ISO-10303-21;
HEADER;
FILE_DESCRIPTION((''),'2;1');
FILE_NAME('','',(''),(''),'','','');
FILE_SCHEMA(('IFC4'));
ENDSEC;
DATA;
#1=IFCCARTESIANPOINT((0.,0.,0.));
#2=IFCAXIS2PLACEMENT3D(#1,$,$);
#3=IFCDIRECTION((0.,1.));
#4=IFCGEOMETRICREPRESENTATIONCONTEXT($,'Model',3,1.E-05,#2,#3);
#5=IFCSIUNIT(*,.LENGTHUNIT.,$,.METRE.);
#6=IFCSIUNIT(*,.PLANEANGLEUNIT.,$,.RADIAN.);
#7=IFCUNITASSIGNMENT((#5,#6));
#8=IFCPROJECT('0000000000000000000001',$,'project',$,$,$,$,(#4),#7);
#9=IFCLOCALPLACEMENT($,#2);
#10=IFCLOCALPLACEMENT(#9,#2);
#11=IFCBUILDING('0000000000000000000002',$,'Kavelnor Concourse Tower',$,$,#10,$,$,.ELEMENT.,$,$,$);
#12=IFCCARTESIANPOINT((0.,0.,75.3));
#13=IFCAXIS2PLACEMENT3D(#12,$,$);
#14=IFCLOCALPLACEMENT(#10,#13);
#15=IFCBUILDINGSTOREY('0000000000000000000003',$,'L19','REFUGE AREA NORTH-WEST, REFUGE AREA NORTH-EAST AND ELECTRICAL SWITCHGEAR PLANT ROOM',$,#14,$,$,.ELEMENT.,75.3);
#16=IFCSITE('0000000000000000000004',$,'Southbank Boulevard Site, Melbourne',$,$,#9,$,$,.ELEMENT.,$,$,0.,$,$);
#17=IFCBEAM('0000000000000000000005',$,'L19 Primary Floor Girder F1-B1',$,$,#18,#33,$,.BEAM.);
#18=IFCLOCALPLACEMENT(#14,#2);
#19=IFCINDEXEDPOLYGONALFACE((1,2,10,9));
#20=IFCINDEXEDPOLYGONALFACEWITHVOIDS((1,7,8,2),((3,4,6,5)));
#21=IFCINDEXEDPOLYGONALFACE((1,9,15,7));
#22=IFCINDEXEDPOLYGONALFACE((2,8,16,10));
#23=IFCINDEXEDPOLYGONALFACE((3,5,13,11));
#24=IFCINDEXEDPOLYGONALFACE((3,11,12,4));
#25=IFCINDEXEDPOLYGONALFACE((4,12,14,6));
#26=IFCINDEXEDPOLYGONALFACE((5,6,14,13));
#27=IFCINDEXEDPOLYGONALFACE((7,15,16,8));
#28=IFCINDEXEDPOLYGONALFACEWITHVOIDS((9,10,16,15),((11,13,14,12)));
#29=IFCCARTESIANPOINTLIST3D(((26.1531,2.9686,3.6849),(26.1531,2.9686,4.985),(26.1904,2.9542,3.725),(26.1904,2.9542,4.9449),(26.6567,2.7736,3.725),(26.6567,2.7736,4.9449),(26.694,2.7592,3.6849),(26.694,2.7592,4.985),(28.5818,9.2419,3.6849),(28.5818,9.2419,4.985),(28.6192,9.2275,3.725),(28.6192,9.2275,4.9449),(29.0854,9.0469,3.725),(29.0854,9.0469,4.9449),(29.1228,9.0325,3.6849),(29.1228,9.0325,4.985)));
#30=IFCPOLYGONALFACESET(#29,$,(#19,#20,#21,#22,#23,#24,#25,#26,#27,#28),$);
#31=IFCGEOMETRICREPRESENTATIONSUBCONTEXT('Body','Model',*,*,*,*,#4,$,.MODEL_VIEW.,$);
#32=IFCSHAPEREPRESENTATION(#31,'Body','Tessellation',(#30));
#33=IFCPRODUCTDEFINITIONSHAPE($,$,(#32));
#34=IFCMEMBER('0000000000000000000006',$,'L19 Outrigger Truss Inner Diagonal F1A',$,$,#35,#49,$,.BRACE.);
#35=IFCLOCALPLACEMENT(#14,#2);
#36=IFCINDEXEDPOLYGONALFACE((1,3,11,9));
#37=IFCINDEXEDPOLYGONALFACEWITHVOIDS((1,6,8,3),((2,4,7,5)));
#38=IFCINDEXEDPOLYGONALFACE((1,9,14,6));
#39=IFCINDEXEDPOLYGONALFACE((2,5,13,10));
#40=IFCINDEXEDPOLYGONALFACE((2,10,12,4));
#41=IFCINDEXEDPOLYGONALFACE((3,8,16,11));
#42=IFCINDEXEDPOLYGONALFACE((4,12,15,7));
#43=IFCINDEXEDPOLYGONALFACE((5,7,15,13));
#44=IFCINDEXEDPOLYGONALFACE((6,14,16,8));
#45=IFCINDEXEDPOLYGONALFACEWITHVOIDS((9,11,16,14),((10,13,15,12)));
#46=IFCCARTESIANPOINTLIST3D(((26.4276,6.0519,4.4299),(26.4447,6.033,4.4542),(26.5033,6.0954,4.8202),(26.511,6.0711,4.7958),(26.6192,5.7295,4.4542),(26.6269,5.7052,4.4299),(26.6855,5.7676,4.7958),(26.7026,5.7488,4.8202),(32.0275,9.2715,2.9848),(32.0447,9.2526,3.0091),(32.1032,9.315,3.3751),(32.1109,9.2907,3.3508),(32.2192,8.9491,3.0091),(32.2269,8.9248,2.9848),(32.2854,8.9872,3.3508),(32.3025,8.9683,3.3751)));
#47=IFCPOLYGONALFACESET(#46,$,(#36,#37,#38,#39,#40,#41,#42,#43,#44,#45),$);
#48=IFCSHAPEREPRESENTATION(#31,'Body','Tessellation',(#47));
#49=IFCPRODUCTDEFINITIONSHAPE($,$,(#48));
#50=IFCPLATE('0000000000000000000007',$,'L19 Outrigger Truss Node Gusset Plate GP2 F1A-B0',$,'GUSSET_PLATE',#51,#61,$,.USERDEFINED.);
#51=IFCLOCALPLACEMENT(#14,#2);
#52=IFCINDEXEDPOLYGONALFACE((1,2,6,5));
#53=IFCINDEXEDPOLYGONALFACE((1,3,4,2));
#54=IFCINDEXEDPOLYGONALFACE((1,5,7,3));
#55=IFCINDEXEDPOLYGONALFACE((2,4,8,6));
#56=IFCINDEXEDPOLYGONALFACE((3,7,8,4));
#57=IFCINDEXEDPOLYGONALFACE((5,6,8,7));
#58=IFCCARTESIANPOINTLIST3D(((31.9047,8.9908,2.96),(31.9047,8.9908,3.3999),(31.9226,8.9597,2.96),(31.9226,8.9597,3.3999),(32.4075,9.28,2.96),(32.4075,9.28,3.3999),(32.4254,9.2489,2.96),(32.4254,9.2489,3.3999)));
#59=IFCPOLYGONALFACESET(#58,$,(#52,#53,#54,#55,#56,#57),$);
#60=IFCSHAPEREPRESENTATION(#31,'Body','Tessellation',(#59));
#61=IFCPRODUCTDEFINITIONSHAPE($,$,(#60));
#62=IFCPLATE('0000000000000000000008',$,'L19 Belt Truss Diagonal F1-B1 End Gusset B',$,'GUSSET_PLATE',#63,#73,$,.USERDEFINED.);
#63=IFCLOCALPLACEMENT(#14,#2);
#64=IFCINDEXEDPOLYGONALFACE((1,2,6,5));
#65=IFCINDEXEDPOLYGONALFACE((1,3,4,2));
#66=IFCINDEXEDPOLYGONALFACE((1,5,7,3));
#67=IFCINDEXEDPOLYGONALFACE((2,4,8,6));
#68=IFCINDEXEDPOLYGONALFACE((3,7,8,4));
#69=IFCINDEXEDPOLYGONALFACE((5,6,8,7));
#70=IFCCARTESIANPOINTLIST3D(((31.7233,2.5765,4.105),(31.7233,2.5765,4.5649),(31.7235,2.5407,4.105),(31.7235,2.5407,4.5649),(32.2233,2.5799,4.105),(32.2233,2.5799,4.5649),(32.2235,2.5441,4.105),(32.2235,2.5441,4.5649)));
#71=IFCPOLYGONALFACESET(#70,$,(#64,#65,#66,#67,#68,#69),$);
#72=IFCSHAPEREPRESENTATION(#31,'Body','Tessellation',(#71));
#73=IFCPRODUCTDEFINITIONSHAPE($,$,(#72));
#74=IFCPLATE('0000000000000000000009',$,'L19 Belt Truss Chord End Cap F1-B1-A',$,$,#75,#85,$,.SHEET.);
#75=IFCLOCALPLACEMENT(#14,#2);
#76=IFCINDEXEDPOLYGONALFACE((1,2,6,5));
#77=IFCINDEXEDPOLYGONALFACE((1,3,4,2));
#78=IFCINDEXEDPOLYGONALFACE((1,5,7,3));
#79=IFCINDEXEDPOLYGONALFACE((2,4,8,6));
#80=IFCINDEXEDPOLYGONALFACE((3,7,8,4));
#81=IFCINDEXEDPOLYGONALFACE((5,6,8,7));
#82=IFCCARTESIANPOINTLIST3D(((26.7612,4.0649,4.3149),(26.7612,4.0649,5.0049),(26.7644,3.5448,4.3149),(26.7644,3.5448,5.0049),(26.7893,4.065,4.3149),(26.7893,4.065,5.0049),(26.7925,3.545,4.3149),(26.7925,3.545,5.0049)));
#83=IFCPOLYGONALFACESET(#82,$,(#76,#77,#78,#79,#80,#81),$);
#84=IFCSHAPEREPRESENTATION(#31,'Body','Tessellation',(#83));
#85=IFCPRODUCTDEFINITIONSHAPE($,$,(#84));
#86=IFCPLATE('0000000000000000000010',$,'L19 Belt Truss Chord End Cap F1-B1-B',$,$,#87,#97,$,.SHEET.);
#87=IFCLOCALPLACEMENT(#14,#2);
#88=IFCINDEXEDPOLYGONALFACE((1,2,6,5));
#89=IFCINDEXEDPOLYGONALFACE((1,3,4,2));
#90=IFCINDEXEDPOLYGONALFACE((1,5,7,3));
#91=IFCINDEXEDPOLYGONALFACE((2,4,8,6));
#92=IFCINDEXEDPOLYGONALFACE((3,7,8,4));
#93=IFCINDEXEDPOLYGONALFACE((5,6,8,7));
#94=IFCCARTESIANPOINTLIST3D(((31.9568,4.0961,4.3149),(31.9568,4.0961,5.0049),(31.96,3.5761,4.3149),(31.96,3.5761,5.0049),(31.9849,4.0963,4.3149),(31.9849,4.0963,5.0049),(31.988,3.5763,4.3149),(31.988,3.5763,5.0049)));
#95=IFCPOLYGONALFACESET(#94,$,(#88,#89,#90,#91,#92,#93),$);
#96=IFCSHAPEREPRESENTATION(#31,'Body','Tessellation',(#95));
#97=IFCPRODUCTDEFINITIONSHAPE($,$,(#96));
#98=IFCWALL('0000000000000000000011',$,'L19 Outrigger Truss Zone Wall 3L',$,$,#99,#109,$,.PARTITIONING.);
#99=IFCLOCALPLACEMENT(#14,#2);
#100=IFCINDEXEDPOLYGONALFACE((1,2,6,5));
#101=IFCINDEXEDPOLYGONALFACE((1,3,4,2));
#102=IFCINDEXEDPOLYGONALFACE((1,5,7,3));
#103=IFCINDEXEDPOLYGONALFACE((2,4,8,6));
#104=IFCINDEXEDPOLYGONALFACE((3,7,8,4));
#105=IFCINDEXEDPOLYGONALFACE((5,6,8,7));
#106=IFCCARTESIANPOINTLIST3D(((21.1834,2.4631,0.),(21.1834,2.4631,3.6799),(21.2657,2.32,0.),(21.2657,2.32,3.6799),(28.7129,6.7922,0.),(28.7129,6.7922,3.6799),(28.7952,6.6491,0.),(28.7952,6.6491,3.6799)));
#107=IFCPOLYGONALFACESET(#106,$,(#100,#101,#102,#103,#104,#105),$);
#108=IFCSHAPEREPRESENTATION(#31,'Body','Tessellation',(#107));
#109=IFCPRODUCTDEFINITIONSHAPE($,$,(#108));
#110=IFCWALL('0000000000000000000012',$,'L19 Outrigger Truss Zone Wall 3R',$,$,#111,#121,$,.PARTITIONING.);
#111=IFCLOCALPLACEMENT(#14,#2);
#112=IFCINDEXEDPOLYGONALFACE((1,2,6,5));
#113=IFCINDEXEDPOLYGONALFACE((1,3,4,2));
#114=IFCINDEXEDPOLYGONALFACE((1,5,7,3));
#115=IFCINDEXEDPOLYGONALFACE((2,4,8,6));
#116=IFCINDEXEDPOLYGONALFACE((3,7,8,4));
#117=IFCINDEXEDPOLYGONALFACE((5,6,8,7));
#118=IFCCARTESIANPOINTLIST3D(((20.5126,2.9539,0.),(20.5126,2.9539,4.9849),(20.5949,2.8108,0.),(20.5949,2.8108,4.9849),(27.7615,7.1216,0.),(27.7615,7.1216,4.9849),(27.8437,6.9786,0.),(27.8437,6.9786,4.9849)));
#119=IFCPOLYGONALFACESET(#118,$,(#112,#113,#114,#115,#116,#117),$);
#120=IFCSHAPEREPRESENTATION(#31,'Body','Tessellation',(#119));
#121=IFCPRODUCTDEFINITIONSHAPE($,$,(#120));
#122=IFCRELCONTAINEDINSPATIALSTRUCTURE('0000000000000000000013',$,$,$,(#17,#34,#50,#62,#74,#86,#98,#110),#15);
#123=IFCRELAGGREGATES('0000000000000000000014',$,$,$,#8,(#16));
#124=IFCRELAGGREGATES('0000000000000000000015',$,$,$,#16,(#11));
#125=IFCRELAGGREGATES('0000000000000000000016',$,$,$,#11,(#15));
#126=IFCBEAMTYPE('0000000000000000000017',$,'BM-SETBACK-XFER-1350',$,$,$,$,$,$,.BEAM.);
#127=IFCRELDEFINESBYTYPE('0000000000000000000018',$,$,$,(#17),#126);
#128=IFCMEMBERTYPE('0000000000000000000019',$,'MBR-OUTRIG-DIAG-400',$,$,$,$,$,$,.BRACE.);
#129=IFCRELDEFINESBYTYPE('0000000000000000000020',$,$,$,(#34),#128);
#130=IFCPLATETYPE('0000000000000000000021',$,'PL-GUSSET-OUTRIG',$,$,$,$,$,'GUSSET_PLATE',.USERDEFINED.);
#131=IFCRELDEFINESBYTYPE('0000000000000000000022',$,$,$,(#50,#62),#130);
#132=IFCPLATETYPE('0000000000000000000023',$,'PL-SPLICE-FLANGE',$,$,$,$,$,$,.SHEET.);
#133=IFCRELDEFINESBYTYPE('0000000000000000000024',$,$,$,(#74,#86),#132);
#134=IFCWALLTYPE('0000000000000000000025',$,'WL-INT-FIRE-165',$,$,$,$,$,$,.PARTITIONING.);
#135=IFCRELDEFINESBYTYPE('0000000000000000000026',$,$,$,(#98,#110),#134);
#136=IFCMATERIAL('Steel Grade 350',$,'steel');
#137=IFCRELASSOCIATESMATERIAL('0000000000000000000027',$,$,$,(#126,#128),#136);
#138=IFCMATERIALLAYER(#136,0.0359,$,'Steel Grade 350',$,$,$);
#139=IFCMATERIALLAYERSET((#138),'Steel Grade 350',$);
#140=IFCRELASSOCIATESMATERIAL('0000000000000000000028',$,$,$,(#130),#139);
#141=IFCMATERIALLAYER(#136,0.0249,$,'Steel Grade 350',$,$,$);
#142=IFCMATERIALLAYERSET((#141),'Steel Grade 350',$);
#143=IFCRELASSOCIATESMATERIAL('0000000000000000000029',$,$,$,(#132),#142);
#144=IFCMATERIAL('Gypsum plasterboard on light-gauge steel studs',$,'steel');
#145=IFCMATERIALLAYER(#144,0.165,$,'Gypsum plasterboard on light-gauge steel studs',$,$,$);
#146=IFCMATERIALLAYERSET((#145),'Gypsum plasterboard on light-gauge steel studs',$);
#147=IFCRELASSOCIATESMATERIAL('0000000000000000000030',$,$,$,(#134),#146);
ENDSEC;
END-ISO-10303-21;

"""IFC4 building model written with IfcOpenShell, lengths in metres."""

from ifc_helpers import new_model, si_unit, direction, frame, frame_2d, origin, origin_2d, place, context, subcontext, project, spatial, rectangle, hollow_rectangle, extrude, material, layer, layer_set, material_profile, profile_set, type_object, element, save


model = new_model("IFC4")

# Units and contexts
model_context = context("Model", 3, precision=1e-05, world=origin(), true_north=direction((0.0, 1.0)))
body_context = subcontext(model_context, "Body", "Model", "MODEL_VIEW")
ifc_project = project(units=[si_unit("LENGTHUNIT", "METRE"), si_unit("PLANEANGLEUNIT", "RADIAN")], contexts=[model_context])

# Site, building, storey
site_placement = place(None, origin())
site = spatial("IfcSite", under=ifc_project, at=site_placement, Name="Southbank Boulevard Site, Melbourne", CompositionType="ELEMENT", RefElevation=0.0)
building_placement = place(site_placement, origin())
building = spatial("IfcBuilding", under=site, at=building_placement, Name="Kavelnor Concourse Tower", CompositionType="ELEMENT")
storey_placement = place(building_placement, frame((0.0, 0.0, 75.3)))
storey = spatial("IfcBuildingStorey", under=building, at=storey_placement, Name="L19", Description="REFUGE AREA NORTH-WEST, REFUGE AREA NORTH-EAST AND ELECTRICAL SWITCHGEAR PLANT ROOM", CompositionType="ELEMENT", Elevation=75.3)

# Shared definitions
ifc_material_1 = material(Name="Steel Grade 350", Category="steel")

# Beam
ifc_material_profile_1 = material_profile(ifc_material_1, hollow_rectangle(XDim=0.5801, YDim=1.3, WallThickness=0.04, at=origin_2d()), Name="RHS 1300x580x40")
ifc_profile_set_1 = profile_set([ifc_material_profile_1], Name="Steel Grade 350")
beam_type_1 = type_object("IfcBeamType", Name="BM-SETBACK-XFER-1350", PredefinedType="BEAM", material=ifc_profile_set_1)
beam_1_placement = place(storey_placement, frame((28.8523, 9.1372, 4.335), z_axis=(-0.361043, -0.932549, 0.0), x_axis=(0.932549, -0.361043, 0.0)))
element("IfcBeam", 1, at=beam_1_placement, inside=storey, type_object=beam_type_1, Name="L19 Primary Floor Girder F1-B1", PredefinedType="BEAM", context=body_context, shape_type="SweptSolid", body=[
    extrude(hollow_rectangle(XDim=0.5801, YDim=1.3, WallThickness=0.04, at=origin_2d()), origin(), (0.0, 0.0, 1.0), 6.7271),
])

# Member
ifc_material_profile_2 = material_profile(ifc_material_1, hollow_rectangle(XDim=0.3999, YDim=0.3999, WallThickness=0.0249, at=origin_2d()), Name="SHS 400x400x25")
ifc_profile_set_2 = profile_set([ifc_material_profile_2], Name="Steel Grade 350")
member_type = type_object("IfcMemberType", Name="MBR-OUTRIG-DIAG-400", PredefinedType="BRACE", material=ifc_profile_set_2)
member_placement = place(storey_placement, frame((32.165, 9.1199, 3.1799), z_axis=(-0.846022, -0.486397, 0.21832), x_axis=(0.498421, -0.866935, 0.0)))
element("IfcMember", 2, at=member_placement, inside=storey, type_object=member_type, Name="L19 Outrigger Truss Inner Diagonal F1A", PredefinedType="BRACE", context=body_context, shape_type="SweptSolid", body=[
    extrude(hollow_rectangle(XDim=0.3999, YDim=0.3999, WallThickness=0.0249, at=origin_2d()), origin(), (0.0, 0.0, 1.0), 6.6191),
])

# Plates
ifc_layer_1 = layer(ifc_material_1, 0.0359, Name="Steel Grade 350")
ifc_layer_set_1 = layer_set([ifc_layer_1], Name="Steel Grade 350")
plate_type_1 = type_object("IfcPlateType", Name="PL-GUSSET-OUTRIG", ElementType="GUSSET_PLATE", PredefinedType="USERDEFINED", material=ifc_layer_set_1)
plate_1_placement = place(storey_placement, frame((32.165, 9.1199, 2.96), z_axis=(0.0, 0.0, 1.0), x_axis=(-0.866897, -0.498488, 0.0)))
element("IfcPlate", 3, at=plate_1_placement, inside=storey, type_object=plate_type_1, Name="L19 Outrigger Truss Node Gusset Plate GP2 F1A-B0", ObjectType="GUSSET_PLATE", PredefinedType="USERDEFINED", context=body_context, shape_type="SweptSolid", body=[
    extrude(rectangle(XDim=0.5801, YDim=0.0359, at=origin_2d()), origin(), (0.0, 0.0, 1.0), 0.4399),
])
plate_2_placement = place(storey_placement, frame((31.9734, 2.5603, 4.105), z_axis=(0.0, 0.0, 1.0), x_axis=(0.999977, 0.006807, 0.0)))
element("IfcPlate", 4, at=plate_2_placement, inside=storey, type_object=plate_type_1, Name="L19 Belt Truss Diagonal F1-B1 End Gusset B", ObjectType="GUSSET_PLATE", PredefinedType="USERDEFINED", context=body_context, shape_type="SweptSolid", body=[
    extrude(rectangle(XDim=0.5, YDim=0.0359, at=origin_2d()), origin(), (0.0, 0.0, 1.0), 0.46),
])
ifc_layer_2 = layer(ifc_material_1, 0.0249, Name="Steel Grade 350")
ifc_layer_set_2 = layer_set([ifc_layer_2], Name="Steel Grade 350")
plate_type_2 = type_object("IfcPlateType", Name="PL-SPLICE-FLANGE", PredefinedType="SHEET", material=ifc_layer_set_2)
for number, where, z_axis, x_axis, name in (
    (5, (26.7769, 3.8049, 4.3149), (0.0, 0.0, 1.0), (0.006109, -0.999981, 0.0), "L19 Belt Truss Chord End Cap F1-B1-A"),
    (6, (31.9724, 3.8362, 4.3149), (0.0, 0.0, 1.0), (-0.006109, 0.999981, 0.0), "L19 Belt Truss Chord End Cap F1-B1-B"),
):
    element("IfcPlate", number, at=place(storey_placement, frame(where, z_axis=z_axis, x_axis=x_axis)), inside=storey, type_object=plate_type_2, Name=name, PredefinedType="SHEET", context=body_context, shape_type="SweptSolid", body=[
        extrude(rectangle(XDim=0.52, YDim=0.0281, at=origin_2d()), origin(), (0.0, 0.0, 1.0), 0.6899),
    ])

# Walls
ifc_material_2 = material(Name="Gypsum plasterboard on light-gauge steel studs", Category="steel")
ifc_layer_3 = layer(ifc_material_2, 0.165, Name="Gypsum plasterboard on light-gauge steel studs")
ifc_layer_set_3 = layer_set([ifc_layer_3], Name="Gypsum plasterboard on light-gauge steel studs")
wall_type = type_object("IfcWallType", Name="WL-INT-FIRE-165", PredefinedType="PARTITIONING", material=ifc_layer_set_3)
wall_1_placement = place(storey_placement, frame((28.7542, 6.7207, 0.0), z_axis=(0.0, 0.0, 1.0), x_axis=(-0.866925, -0.498438, 0.0)))
element("IfcWall", 7, at=wall_1_placement, inside=storey, type_object=wall_type, Name="L19 Outrigger Truss Zone Wall 3L", PredefinedType="PARTITIONING", context=body_context, shape_type="SweptSolid", body=[
    extrude(rectangle(XDim=8.6853, YDim=0.165, at=frame_2d((4.3428, 0.0))), origin(), (0.0, 0.0, 1.0), 3.6799),
])
wall_2_placement = place(storey_placement, frame((27.8025, 7.05, 0.0), z_axis=(0.0, 0.0, 1.0), x_axis=(-0.866923, -0.498442, 0.0)))
element("IfcWall", 8, at=wall_2_placement, inside=storey, type_object=wall_type, Name="L19 Outrigger Truss Zone Wall 3R", PredefinedType="PARTITIONING", context=body_context, shape_type="SweptSolid", body=[
    extrude(rectangle(XDim=8.3616, YDim=0.165, at=frame_2d((4.1807, 0.0))), origin(), (0.0, 0.0, 1.0), 4.9849),
])

save(model, "model.ifc")
